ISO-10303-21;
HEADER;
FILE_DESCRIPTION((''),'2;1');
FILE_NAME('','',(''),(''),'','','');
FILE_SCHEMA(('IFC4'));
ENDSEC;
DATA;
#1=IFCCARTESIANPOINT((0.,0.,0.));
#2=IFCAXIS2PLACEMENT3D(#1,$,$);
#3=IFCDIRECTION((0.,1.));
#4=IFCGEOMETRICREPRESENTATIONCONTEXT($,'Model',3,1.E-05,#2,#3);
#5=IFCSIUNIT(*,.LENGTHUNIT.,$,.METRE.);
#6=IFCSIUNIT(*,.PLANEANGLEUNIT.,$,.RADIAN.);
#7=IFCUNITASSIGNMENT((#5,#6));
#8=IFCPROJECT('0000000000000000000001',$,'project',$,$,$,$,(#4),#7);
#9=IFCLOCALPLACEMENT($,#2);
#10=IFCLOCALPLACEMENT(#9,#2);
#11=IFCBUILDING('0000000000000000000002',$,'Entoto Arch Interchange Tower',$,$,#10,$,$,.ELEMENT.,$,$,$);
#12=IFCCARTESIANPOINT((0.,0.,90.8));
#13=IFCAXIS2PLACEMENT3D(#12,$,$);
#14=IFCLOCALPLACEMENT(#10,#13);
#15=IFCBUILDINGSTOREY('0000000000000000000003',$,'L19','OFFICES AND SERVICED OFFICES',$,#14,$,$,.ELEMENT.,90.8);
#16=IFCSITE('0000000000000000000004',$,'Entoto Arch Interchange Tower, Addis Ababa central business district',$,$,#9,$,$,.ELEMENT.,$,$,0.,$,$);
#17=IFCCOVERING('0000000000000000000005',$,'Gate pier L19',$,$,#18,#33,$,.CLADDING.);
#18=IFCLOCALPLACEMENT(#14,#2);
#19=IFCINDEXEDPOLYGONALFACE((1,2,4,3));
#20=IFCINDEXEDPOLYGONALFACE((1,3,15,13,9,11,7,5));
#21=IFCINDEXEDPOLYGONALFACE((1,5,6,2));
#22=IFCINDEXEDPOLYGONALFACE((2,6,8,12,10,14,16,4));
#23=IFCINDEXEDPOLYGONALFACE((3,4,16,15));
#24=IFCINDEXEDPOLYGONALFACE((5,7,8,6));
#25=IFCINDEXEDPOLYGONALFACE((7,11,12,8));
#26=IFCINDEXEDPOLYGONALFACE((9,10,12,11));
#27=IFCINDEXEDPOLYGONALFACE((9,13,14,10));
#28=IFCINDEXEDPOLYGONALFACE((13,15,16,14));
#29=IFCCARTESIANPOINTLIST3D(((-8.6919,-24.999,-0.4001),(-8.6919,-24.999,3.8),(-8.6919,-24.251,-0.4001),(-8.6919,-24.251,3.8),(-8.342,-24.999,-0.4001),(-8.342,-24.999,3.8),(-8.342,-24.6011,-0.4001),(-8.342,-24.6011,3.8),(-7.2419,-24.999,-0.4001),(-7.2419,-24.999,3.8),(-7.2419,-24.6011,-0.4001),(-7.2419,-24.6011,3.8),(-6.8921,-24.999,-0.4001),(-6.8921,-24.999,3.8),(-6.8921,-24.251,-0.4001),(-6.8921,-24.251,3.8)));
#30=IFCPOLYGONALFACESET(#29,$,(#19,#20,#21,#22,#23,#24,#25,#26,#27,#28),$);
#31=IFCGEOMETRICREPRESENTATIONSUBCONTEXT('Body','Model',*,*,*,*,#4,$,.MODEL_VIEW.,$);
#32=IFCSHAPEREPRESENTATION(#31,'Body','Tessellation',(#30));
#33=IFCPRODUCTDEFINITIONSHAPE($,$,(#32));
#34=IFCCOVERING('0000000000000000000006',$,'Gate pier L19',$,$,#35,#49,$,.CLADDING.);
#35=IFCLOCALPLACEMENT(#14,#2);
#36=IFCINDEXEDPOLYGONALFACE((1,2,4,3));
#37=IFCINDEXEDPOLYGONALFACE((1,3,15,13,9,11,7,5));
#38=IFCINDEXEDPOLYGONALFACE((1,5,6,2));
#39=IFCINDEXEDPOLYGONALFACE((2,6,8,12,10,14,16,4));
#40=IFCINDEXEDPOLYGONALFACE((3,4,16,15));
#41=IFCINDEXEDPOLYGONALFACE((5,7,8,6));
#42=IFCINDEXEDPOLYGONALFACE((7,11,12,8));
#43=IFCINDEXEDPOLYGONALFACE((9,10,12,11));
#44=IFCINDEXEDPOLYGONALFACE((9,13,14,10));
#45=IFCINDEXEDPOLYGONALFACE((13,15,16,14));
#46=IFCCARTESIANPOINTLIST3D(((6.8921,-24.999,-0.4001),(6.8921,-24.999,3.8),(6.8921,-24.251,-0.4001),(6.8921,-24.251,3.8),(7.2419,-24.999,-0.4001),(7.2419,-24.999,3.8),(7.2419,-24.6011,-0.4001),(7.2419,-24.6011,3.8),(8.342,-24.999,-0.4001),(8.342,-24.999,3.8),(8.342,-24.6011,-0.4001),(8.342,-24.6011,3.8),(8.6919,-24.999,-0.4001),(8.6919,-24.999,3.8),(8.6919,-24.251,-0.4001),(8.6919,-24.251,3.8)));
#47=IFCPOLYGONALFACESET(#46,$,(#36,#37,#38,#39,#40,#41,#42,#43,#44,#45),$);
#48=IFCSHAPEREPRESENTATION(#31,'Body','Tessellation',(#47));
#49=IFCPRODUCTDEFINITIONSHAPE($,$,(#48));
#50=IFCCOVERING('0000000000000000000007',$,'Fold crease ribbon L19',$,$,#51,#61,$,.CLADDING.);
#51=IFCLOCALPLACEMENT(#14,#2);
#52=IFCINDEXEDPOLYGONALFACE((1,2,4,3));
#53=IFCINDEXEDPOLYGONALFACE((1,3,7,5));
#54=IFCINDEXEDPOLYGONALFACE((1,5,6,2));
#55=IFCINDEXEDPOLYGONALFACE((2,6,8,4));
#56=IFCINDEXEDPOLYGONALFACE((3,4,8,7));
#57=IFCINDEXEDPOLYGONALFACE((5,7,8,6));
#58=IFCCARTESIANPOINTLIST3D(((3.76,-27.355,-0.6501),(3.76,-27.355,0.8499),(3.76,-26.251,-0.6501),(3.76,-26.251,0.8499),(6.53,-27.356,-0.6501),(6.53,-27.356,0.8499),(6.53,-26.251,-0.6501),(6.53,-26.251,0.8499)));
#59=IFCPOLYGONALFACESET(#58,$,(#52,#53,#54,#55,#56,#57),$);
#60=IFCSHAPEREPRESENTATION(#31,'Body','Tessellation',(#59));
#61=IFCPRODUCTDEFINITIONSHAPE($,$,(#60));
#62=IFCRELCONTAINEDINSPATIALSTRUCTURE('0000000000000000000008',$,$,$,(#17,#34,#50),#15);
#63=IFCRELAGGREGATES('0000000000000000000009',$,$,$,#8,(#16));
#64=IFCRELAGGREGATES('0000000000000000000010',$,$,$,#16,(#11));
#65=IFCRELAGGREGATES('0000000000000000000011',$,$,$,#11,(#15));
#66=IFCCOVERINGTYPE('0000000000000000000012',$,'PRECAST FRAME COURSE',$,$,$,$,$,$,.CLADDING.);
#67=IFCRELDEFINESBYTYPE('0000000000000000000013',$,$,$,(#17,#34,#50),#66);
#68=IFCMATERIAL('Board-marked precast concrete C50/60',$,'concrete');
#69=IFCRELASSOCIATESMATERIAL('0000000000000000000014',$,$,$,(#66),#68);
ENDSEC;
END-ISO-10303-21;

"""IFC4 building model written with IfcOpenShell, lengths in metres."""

from ifc_helpers import new_model, si_unit, direction, frame, origin, place, context, subcontext, project, spatial, polyline, outline, extrude, material, type_object, element, save


model = new_model("IFC4")

# Units and contexts
model_context = context("Model", 3, precision=1e-05, world=origin(), true_north=direction((0.0, 1.0)))
body_context = subcontext(model_context, "Body", "Model", "MODEL_VIEW")
ifc_project = project(units=[si_unit("LENGTHUNIT", "METRE"), si_unit("PLANEANGLEUNIT", "RADIAN")], contexts=[model_context])

# Site, building, storey
site_placement = place(None, origin())
site = spatial("IfcSite", under=ifc_project, at=site_placement, Name="Entoto Arch Interchange Tower, Addis Ababa central business district", CompositionType="ELEMENT", RefElevation=0.0)
building_placement = place(site_placement, origin())
building = spatial("IfcBuilding", under=site, at=building_placement, Name="Entoto Arch Interchange Tower", CompositionType="ELEMENT")
storey_placement = place(building_placement, frame((0.0, 0.0, 90.8)))
storey = spatial("IfcBuildingStorey", under=building, at=storey_placement, Name="L19", Description="OFFICES AND SERVICED OFFICES", CompositionType="ELEMENT", Elevation=90.8)

# Shared definitions
ifc_material_1 = material(Name="Board-marked precast concrete C50/60", Category="concrete")

# Coverings
covering_type = type_object("IfcCoveringType", Name="PRECAST FRAME COURSE", PredefinedType="CLADDING", material=ifc_material_1)
covering_1_placement = place(storey_placement, frame((0.0, 0.0, -0.4001)))
element("IfcCovering", 1, at=covering_1_placement, inside=storey, type_object=covering_type, Name="Gate pier L19", PredefinedType="CLADDING", context=body_context, shape_type="SweptSolid", body=[
    extrude(outline(polyline([(-8.6919, -24.251), (-6.8921, -24.251), (-6.8921, -24.999), (-7.2419, -24.999), (-7.2419, -24.6011), (-8.342, -24.6011), (-8.342, -24.999), (-8.6919, -24.999), (-8.6919, -24.251)])), origin(), (0.0, 0.0, 1.0), 4.2002),
])
covering_2_placement = place(storey_placement, frame((0.0, 0.0, -0.4001)))
element("IfcCovering", 2, at=covering_2_placement, inside=storey, type_object=covering_type, Name="Gate pier L19", PredefinedType="CLADDING", context=body_context, shape_type="SweptSolid", body=[
    extrude(outline(polyline([(6.8921, -24.251), (8.6919, -24.251), (8.6919, -24.999), (8.342, -24.999), (8.342, -24.6011), (7.2419, -24.6011), (7.2419, -24.999), (6.8921, -24.999), (6.8921, -24.251)])), origin(), (0.0, 0.0, 1.0), 4.2002),
])
covering_3_placement = place(storey_placement, frame((0.0, 0.0, -0.6501)))
element("IfcCovering", 3, at=covering_3_placement, inside=storey, type_object=covering_type, Name="Fold crease ribbon L19", PredefinedType="CLADDING", context=body_context, shape_type="SweptSolid", body=[
    extrude(outline(polyline([(3.76, -27.355), (3.76, -26.251), (6.53, -26.251), (6.53, -27.356), (3.76, -27.355)])), origin(), (0.0, 0.0, 1.0), 1.5),
])

save(model, "model.ifc")
